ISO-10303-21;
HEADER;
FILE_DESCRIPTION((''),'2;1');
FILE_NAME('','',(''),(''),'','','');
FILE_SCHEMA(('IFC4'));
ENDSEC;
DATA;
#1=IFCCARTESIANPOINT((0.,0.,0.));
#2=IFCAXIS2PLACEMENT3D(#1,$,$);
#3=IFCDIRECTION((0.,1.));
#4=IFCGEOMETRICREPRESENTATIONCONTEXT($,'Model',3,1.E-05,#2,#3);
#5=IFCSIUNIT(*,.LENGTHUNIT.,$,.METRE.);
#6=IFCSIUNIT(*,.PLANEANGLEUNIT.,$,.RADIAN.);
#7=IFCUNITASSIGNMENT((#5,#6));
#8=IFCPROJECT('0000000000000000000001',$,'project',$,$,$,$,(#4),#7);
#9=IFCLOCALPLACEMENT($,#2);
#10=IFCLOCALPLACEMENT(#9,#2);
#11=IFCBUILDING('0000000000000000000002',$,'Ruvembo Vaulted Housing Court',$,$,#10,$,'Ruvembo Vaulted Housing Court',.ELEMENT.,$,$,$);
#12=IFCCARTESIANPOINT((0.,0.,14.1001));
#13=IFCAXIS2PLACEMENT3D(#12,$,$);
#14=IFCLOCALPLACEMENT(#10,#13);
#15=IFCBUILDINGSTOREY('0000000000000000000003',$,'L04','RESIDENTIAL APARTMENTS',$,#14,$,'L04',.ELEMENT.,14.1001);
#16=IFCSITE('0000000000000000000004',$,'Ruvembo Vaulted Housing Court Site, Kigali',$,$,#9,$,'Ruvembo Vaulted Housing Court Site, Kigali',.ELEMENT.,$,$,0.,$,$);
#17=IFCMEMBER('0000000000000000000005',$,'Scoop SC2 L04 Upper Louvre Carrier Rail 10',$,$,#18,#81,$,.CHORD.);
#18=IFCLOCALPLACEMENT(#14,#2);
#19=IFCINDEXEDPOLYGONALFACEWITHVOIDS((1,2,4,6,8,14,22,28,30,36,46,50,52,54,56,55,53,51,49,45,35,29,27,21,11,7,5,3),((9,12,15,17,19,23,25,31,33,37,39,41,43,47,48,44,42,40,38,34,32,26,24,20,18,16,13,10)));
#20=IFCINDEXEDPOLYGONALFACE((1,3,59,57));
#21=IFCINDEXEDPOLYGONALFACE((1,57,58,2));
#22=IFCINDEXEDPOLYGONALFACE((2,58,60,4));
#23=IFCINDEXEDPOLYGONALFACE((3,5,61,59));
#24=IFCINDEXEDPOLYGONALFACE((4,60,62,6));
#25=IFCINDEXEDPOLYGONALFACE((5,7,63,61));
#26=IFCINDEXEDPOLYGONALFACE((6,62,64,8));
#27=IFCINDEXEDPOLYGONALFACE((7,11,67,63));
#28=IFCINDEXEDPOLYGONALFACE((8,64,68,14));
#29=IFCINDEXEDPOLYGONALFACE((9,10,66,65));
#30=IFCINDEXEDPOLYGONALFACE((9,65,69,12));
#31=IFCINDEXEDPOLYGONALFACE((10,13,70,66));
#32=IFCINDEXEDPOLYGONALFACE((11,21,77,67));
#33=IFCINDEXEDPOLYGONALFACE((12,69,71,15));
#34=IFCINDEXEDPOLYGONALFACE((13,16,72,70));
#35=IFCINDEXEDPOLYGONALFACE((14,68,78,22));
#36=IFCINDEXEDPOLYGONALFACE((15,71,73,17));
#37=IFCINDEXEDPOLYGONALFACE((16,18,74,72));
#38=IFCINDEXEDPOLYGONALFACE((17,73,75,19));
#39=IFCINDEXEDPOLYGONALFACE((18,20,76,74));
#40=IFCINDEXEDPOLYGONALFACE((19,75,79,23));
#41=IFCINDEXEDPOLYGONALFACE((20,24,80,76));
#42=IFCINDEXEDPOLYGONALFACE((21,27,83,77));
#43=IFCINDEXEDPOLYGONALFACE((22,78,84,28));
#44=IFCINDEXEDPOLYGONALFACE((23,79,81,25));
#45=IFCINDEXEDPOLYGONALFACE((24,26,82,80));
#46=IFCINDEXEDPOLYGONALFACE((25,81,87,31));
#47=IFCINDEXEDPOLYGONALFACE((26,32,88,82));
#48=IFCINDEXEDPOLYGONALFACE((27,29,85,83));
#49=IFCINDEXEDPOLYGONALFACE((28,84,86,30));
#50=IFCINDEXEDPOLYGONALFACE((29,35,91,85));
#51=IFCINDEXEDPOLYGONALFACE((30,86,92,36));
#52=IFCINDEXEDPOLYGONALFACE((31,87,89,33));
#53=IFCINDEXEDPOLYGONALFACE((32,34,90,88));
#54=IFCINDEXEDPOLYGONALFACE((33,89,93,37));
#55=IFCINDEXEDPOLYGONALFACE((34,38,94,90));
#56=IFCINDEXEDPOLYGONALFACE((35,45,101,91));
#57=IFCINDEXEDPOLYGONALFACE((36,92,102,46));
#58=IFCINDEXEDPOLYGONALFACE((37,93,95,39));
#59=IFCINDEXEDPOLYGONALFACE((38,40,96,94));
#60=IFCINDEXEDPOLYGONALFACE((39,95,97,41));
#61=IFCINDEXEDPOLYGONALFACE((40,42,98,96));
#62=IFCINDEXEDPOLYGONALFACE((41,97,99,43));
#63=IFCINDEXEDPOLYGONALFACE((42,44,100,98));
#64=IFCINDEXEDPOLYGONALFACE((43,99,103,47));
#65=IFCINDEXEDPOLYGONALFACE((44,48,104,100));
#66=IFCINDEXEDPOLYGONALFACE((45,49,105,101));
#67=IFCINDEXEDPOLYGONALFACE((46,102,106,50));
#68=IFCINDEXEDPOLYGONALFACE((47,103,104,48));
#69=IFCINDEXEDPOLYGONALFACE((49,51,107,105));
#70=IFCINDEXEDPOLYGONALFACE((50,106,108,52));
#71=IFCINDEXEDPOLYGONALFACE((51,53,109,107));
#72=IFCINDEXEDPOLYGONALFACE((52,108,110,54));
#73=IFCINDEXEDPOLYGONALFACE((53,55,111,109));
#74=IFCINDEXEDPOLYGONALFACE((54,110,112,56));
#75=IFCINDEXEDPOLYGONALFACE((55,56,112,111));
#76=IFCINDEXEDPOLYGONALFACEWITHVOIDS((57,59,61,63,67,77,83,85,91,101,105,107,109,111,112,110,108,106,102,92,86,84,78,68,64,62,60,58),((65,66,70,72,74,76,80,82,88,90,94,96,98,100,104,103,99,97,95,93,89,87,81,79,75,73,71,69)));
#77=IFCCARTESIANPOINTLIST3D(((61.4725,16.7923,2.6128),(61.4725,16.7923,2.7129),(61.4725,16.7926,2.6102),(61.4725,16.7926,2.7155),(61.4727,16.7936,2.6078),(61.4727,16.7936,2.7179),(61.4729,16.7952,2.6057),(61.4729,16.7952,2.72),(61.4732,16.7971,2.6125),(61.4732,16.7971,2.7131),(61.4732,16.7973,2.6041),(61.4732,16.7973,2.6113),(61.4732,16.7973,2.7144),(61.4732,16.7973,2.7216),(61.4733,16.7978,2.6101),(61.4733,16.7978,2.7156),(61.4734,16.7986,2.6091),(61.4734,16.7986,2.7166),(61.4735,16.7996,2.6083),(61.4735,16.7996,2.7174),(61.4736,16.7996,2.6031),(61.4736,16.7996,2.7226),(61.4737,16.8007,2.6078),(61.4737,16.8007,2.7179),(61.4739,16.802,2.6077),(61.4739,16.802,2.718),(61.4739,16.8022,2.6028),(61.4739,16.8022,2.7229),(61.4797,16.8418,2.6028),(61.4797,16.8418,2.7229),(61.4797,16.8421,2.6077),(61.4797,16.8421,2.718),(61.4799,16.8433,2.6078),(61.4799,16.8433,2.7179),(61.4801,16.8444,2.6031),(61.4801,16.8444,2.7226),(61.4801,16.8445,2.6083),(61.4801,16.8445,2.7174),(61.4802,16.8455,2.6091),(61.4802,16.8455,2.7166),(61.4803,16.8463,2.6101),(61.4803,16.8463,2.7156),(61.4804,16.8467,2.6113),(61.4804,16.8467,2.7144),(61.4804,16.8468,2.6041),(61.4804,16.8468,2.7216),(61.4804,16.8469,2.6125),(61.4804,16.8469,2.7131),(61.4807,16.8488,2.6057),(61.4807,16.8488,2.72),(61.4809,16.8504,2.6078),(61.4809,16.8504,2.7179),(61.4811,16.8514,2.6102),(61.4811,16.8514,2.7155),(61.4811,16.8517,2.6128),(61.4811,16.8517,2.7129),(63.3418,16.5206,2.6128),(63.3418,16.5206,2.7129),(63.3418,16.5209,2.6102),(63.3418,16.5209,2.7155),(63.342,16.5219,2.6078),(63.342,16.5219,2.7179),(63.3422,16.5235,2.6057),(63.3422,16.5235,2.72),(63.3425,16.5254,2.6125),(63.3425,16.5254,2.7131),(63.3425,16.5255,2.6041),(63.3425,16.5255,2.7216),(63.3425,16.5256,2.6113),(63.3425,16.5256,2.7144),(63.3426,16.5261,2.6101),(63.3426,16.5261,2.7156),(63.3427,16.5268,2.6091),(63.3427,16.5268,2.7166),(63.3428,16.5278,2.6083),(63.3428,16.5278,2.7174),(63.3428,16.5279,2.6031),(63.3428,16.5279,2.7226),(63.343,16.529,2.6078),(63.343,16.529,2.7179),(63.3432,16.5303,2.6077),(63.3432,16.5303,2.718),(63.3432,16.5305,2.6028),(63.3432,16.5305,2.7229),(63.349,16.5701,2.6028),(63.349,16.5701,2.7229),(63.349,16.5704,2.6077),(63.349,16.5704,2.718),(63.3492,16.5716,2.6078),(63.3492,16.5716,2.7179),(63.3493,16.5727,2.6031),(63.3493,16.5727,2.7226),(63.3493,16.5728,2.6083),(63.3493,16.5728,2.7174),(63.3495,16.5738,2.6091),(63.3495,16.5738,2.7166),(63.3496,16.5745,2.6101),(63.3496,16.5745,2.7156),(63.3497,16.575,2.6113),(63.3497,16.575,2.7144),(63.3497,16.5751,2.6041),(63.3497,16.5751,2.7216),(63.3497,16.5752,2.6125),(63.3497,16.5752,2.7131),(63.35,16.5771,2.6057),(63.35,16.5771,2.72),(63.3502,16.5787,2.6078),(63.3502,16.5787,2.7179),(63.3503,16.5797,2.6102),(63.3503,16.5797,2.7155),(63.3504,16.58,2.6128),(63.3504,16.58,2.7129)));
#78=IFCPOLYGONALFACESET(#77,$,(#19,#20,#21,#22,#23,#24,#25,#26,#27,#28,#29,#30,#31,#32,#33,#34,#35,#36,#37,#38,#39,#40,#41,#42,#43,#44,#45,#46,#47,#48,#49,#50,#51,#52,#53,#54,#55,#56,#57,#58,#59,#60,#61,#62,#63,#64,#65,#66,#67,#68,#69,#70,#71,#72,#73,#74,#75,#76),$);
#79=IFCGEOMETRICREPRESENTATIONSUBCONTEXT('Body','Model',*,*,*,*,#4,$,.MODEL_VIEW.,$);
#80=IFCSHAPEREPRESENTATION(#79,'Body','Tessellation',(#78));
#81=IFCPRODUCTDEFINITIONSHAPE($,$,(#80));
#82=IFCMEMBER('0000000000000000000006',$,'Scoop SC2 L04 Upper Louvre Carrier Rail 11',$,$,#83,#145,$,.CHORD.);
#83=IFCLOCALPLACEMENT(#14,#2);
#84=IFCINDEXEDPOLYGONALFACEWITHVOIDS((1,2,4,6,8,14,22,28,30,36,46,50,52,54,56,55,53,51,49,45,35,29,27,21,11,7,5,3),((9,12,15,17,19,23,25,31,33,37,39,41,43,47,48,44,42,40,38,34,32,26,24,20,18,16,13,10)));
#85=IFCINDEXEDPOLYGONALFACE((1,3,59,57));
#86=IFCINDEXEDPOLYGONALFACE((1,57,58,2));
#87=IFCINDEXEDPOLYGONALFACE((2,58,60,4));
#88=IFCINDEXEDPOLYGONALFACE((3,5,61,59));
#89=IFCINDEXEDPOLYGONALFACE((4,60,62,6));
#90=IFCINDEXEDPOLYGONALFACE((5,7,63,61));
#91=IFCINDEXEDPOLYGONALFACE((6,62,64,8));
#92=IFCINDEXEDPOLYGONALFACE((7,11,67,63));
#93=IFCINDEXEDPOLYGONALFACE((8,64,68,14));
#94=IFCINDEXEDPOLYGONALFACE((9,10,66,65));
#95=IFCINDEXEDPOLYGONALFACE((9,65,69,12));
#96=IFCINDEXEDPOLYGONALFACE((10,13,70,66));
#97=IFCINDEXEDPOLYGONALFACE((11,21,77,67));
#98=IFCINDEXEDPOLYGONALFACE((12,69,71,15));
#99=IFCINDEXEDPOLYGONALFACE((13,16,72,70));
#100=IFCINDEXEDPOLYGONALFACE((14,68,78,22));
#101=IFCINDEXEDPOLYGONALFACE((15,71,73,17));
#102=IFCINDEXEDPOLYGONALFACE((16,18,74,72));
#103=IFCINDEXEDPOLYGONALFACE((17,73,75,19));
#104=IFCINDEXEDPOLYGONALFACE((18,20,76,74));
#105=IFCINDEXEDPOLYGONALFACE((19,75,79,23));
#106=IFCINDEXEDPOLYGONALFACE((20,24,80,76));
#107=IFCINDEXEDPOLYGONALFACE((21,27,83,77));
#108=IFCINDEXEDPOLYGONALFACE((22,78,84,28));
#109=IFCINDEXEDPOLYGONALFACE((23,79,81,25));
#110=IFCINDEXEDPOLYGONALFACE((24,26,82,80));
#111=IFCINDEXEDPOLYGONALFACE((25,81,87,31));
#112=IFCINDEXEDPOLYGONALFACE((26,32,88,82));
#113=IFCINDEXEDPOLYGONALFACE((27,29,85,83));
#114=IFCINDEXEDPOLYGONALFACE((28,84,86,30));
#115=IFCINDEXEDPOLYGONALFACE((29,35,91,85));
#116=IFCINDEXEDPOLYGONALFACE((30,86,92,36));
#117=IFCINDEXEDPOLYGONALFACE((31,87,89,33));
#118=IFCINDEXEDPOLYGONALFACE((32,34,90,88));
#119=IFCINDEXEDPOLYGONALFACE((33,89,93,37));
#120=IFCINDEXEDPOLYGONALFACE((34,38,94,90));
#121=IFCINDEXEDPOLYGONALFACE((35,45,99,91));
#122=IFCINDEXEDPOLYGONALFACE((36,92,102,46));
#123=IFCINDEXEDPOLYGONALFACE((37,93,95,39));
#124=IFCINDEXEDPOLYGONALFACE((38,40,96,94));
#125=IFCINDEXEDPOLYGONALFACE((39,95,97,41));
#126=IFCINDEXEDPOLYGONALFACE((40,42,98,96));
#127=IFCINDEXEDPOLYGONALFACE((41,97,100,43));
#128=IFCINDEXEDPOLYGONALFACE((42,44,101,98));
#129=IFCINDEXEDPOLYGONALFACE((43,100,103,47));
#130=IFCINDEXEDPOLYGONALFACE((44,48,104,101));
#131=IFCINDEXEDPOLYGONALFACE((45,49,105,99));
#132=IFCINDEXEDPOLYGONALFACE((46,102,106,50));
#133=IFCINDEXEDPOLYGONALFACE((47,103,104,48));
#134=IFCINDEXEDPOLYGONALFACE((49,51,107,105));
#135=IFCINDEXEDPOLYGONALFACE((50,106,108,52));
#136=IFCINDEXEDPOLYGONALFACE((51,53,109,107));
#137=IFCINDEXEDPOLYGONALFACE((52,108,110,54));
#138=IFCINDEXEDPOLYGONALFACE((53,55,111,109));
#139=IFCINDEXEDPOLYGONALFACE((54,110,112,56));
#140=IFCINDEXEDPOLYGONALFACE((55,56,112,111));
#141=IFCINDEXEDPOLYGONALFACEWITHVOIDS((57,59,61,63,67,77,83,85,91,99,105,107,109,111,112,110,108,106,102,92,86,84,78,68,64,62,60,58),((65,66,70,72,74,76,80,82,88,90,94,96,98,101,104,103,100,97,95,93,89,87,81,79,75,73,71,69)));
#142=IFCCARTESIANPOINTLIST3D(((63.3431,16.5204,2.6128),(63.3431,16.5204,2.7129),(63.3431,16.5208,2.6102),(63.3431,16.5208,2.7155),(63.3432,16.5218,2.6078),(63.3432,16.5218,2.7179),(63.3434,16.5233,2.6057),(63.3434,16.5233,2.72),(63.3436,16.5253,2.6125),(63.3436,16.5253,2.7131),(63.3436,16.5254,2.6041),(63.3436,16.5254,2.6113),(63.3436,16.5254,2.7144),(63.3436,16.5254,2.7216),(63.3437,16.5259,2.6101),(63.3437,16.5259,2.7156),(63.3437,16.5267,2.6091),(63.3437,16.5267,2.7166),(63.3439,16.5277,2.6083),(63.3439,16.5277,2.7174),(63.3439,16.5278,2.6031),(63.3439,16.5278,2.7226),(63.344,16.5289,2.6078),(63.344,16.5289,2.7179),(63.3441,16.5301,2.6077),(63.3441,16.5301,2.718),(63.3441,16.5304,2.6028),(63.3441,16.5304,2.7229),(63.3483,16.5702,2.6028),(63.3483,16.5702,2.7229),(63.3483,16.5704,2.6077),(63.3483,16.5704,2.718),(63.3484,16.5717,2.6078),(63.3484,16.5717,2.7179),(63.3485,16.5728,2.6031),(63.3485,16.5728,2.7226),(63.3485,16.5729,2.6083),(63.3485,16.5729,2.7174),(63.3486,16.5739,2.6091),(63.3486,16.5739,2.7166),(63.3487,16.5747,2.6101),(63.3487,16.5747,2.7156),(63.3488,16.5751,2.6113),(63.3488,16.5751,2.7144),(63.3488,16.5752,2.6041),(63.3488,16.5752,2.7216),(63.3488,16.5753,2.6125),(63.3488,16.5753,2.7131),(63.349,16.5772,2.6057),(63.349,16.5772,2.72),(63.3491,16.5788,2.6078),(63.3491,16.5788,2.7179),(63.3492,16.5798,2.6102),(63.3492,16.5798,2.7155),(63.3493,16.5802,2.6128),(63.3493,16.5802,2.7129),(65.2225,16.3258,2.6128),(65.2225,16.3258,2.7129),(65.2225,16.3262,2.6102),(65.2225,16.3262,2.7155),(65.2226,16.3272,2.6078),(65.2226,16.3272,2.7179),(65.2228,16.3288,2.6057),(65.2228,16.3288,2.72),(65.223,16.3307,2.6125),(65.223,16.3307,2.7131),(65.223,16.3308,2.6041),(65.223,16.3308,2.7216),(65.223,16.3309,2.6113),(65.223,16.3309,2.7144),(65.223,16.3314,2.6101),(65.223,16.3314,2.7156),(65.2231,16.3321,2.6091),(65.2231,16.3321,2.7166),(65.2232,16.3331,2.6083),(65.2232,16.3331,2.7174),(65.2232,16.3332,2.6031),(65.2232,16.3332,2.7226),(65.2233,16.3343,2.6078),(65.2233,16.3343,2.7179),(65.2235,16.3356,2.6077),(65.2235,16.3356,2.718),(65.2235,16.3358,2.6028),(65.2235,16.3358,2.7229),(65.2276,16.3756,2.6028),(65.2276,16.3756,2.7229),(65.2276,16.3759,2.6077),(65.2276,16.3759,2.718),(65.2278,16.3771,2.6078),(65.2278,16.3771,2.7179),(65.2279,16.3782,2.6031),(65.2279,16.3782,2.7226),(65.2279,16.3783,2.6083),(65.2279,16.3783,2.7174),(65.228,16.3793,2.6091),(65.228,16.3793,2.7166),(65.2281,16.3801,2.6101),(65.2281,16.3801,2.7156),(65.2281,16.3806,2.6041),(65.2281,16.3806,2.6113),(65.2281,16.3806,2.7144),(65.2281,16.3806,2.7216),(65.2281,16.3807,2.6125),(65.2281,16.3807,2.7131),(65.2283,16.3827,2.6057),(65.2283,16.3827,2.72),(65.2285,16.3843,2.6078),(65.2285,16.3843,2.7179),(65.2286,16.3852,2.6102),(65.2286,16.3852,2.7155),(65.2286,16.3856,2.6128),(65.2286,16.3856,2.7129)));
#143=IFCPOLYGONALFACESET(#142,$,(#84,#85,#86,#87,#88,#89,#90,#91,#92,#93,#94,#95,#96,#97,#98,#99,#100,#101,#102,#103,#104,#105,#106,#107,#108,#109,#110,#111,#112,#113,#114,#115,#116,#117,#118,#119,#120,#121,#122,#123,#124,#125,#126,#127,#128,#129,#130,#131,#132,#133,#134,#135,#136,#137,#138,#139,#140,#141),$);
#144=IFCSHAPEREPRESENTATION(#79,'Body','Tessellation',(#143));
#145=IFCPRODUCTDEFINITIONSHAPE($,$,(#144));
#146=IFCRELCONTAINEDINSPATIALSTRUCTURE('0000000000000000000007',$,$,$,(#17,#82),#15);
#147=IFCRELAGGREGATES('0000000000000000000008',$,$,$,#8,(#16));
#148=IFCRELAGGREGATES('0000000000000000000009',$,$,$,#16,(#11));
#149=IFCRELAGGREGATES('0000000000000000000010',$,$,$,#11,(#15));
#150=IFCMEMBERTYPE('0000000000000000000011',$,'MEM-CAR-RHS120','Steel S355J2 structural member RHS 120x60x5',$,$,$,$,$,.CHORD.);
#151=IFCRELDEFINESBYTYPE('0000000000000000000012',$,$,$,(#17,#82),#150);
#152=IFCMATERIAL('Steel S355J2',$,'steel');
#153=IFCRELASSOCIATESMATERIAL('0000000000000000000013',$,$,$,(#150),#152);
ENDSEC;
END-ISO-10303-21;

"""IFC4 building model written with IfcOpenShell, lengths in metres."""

from ifc_helpers import new_model, si_unit, direction, frame, origin, origin_2d, place, context, subcontext, project, spatial, hollow_rectangle, extrude, material, material_profile, profile_set, type_object, element, save


model = new_model("IFC4")

# Units and contexts
model_context = context("Model", 3, precision=1e-05, world=origin(), true_north=direction((0.0, 1.0)))
body_context = subcontext(model_context, "Body", "Model", "MODEL_VIEW")
ifc_project = project(units=[si_unit("LENGTHUNIT", "METRE"), si_unit("PLANEANGLEUNIT", "RADIAN")], contexts=[model_context])

# Site, building, storey
site_placement = place(None, origin())
site = spatial("IfcSite", under=ifc_project, at=site_placement, Name="Ruvembo Vaulted Housing Court Site, Kigali", LongName="Ruvembo Vaulted Housing Court Site, Kigali", CompositionType="ELEMENT", RefElevation=0.0)
building_placement = place(site_placement, origin())
building = spatial("IfcBuilding", under=site, at=building_placement, Name="Ruvembo Vaulted Housing Court", LongName="Ruvembo Vaulted Housing Court", CompositionType="ELEMENT")
storey_placement = place(building_placement, frame((0.0, 0.0, 14.1001)))
storey = spatial("IfcBuildingStorey", under=building, at=storey_placement, Name="L04", Description="RESIDENTIAL APARTMENTS", LongName="L04", CompositionType="ELEMENT", Elevation=14.1001)

# Shared definitions
ifc_material_1 = material(Name="Steel S355J2", Category="steel")

# Members
ifc_material_profile_1 = material_profile(ifc_material_1, hollow_rectangle(XDim=0.0601, YDim=0.1201, WallThickness=0.0049, InnerFilletRadius=0.0049, OuterFilletRadius=0.01, at=origin_2d()), Name="RHS 120x60x5")
ifc_profile_set_1 = profile_set([ifc_material_profile_1], Name="Steel S355J2")
member_type_1 = type_object("IfcMemberType", Name="MEM-CAR-RHS120", Description="Steel S355J2 structural member RHS 120x60x5", PredefinedType="CHORD", material=ifc_profile_set_1)
member_1_placement = place(storey_placement, frame((61.4768, 16.822, 2.6628), z_axis=(0.9896, -0.143845, 0.0), x_axis=(0.143845, 0.9896, 0.0)))
element("IfcMember", 1, at=member_1_placement, inside=storey, type_object=member_type_1, Name="Scoop SC2 L04 Upper Louvre Carrier Rail 10", PredefinedType="CHORD", context=body_context, shape_type="SweptSolid", body=[
    extrude(hollow_rectangle(XDim=0.0601, YDim=0.1201, WallThickness=0.0049, InnerFilletRadius=0.0049, OuterFilletRadius=0.01, at=origin_2d()), origin(), (0.0, 0.0, 1.0), 1.8889),
])
member_2_placement = place(storey_placement, frame((63.3462, 16.5503, 2.6628), z_axis=(0.994683, -0.102983, 0.0), x_axis=(0.102983, 0.994683, 0.0)))
element("IfcMember", 2, at=member_2_placement, inside=storey, type_object=member_type_1, Name="Scoop SC2 L04 Upper Louvre Carrier Rail 11", PredefinedType="CHORD", context=body_context, shape_type="SweptSolid", body=[
    extrude(hollow_rectangle(XDim=0.0601, YDim=0.1201, WallThickness=0.0049, InnerFilletRadius=0.0049, OuterFilletRadius=0.01, at=origin_2d()), origin(), (0.0, 0.0, 1.0), 1.8894),
])

save(model, "model.ifc")
